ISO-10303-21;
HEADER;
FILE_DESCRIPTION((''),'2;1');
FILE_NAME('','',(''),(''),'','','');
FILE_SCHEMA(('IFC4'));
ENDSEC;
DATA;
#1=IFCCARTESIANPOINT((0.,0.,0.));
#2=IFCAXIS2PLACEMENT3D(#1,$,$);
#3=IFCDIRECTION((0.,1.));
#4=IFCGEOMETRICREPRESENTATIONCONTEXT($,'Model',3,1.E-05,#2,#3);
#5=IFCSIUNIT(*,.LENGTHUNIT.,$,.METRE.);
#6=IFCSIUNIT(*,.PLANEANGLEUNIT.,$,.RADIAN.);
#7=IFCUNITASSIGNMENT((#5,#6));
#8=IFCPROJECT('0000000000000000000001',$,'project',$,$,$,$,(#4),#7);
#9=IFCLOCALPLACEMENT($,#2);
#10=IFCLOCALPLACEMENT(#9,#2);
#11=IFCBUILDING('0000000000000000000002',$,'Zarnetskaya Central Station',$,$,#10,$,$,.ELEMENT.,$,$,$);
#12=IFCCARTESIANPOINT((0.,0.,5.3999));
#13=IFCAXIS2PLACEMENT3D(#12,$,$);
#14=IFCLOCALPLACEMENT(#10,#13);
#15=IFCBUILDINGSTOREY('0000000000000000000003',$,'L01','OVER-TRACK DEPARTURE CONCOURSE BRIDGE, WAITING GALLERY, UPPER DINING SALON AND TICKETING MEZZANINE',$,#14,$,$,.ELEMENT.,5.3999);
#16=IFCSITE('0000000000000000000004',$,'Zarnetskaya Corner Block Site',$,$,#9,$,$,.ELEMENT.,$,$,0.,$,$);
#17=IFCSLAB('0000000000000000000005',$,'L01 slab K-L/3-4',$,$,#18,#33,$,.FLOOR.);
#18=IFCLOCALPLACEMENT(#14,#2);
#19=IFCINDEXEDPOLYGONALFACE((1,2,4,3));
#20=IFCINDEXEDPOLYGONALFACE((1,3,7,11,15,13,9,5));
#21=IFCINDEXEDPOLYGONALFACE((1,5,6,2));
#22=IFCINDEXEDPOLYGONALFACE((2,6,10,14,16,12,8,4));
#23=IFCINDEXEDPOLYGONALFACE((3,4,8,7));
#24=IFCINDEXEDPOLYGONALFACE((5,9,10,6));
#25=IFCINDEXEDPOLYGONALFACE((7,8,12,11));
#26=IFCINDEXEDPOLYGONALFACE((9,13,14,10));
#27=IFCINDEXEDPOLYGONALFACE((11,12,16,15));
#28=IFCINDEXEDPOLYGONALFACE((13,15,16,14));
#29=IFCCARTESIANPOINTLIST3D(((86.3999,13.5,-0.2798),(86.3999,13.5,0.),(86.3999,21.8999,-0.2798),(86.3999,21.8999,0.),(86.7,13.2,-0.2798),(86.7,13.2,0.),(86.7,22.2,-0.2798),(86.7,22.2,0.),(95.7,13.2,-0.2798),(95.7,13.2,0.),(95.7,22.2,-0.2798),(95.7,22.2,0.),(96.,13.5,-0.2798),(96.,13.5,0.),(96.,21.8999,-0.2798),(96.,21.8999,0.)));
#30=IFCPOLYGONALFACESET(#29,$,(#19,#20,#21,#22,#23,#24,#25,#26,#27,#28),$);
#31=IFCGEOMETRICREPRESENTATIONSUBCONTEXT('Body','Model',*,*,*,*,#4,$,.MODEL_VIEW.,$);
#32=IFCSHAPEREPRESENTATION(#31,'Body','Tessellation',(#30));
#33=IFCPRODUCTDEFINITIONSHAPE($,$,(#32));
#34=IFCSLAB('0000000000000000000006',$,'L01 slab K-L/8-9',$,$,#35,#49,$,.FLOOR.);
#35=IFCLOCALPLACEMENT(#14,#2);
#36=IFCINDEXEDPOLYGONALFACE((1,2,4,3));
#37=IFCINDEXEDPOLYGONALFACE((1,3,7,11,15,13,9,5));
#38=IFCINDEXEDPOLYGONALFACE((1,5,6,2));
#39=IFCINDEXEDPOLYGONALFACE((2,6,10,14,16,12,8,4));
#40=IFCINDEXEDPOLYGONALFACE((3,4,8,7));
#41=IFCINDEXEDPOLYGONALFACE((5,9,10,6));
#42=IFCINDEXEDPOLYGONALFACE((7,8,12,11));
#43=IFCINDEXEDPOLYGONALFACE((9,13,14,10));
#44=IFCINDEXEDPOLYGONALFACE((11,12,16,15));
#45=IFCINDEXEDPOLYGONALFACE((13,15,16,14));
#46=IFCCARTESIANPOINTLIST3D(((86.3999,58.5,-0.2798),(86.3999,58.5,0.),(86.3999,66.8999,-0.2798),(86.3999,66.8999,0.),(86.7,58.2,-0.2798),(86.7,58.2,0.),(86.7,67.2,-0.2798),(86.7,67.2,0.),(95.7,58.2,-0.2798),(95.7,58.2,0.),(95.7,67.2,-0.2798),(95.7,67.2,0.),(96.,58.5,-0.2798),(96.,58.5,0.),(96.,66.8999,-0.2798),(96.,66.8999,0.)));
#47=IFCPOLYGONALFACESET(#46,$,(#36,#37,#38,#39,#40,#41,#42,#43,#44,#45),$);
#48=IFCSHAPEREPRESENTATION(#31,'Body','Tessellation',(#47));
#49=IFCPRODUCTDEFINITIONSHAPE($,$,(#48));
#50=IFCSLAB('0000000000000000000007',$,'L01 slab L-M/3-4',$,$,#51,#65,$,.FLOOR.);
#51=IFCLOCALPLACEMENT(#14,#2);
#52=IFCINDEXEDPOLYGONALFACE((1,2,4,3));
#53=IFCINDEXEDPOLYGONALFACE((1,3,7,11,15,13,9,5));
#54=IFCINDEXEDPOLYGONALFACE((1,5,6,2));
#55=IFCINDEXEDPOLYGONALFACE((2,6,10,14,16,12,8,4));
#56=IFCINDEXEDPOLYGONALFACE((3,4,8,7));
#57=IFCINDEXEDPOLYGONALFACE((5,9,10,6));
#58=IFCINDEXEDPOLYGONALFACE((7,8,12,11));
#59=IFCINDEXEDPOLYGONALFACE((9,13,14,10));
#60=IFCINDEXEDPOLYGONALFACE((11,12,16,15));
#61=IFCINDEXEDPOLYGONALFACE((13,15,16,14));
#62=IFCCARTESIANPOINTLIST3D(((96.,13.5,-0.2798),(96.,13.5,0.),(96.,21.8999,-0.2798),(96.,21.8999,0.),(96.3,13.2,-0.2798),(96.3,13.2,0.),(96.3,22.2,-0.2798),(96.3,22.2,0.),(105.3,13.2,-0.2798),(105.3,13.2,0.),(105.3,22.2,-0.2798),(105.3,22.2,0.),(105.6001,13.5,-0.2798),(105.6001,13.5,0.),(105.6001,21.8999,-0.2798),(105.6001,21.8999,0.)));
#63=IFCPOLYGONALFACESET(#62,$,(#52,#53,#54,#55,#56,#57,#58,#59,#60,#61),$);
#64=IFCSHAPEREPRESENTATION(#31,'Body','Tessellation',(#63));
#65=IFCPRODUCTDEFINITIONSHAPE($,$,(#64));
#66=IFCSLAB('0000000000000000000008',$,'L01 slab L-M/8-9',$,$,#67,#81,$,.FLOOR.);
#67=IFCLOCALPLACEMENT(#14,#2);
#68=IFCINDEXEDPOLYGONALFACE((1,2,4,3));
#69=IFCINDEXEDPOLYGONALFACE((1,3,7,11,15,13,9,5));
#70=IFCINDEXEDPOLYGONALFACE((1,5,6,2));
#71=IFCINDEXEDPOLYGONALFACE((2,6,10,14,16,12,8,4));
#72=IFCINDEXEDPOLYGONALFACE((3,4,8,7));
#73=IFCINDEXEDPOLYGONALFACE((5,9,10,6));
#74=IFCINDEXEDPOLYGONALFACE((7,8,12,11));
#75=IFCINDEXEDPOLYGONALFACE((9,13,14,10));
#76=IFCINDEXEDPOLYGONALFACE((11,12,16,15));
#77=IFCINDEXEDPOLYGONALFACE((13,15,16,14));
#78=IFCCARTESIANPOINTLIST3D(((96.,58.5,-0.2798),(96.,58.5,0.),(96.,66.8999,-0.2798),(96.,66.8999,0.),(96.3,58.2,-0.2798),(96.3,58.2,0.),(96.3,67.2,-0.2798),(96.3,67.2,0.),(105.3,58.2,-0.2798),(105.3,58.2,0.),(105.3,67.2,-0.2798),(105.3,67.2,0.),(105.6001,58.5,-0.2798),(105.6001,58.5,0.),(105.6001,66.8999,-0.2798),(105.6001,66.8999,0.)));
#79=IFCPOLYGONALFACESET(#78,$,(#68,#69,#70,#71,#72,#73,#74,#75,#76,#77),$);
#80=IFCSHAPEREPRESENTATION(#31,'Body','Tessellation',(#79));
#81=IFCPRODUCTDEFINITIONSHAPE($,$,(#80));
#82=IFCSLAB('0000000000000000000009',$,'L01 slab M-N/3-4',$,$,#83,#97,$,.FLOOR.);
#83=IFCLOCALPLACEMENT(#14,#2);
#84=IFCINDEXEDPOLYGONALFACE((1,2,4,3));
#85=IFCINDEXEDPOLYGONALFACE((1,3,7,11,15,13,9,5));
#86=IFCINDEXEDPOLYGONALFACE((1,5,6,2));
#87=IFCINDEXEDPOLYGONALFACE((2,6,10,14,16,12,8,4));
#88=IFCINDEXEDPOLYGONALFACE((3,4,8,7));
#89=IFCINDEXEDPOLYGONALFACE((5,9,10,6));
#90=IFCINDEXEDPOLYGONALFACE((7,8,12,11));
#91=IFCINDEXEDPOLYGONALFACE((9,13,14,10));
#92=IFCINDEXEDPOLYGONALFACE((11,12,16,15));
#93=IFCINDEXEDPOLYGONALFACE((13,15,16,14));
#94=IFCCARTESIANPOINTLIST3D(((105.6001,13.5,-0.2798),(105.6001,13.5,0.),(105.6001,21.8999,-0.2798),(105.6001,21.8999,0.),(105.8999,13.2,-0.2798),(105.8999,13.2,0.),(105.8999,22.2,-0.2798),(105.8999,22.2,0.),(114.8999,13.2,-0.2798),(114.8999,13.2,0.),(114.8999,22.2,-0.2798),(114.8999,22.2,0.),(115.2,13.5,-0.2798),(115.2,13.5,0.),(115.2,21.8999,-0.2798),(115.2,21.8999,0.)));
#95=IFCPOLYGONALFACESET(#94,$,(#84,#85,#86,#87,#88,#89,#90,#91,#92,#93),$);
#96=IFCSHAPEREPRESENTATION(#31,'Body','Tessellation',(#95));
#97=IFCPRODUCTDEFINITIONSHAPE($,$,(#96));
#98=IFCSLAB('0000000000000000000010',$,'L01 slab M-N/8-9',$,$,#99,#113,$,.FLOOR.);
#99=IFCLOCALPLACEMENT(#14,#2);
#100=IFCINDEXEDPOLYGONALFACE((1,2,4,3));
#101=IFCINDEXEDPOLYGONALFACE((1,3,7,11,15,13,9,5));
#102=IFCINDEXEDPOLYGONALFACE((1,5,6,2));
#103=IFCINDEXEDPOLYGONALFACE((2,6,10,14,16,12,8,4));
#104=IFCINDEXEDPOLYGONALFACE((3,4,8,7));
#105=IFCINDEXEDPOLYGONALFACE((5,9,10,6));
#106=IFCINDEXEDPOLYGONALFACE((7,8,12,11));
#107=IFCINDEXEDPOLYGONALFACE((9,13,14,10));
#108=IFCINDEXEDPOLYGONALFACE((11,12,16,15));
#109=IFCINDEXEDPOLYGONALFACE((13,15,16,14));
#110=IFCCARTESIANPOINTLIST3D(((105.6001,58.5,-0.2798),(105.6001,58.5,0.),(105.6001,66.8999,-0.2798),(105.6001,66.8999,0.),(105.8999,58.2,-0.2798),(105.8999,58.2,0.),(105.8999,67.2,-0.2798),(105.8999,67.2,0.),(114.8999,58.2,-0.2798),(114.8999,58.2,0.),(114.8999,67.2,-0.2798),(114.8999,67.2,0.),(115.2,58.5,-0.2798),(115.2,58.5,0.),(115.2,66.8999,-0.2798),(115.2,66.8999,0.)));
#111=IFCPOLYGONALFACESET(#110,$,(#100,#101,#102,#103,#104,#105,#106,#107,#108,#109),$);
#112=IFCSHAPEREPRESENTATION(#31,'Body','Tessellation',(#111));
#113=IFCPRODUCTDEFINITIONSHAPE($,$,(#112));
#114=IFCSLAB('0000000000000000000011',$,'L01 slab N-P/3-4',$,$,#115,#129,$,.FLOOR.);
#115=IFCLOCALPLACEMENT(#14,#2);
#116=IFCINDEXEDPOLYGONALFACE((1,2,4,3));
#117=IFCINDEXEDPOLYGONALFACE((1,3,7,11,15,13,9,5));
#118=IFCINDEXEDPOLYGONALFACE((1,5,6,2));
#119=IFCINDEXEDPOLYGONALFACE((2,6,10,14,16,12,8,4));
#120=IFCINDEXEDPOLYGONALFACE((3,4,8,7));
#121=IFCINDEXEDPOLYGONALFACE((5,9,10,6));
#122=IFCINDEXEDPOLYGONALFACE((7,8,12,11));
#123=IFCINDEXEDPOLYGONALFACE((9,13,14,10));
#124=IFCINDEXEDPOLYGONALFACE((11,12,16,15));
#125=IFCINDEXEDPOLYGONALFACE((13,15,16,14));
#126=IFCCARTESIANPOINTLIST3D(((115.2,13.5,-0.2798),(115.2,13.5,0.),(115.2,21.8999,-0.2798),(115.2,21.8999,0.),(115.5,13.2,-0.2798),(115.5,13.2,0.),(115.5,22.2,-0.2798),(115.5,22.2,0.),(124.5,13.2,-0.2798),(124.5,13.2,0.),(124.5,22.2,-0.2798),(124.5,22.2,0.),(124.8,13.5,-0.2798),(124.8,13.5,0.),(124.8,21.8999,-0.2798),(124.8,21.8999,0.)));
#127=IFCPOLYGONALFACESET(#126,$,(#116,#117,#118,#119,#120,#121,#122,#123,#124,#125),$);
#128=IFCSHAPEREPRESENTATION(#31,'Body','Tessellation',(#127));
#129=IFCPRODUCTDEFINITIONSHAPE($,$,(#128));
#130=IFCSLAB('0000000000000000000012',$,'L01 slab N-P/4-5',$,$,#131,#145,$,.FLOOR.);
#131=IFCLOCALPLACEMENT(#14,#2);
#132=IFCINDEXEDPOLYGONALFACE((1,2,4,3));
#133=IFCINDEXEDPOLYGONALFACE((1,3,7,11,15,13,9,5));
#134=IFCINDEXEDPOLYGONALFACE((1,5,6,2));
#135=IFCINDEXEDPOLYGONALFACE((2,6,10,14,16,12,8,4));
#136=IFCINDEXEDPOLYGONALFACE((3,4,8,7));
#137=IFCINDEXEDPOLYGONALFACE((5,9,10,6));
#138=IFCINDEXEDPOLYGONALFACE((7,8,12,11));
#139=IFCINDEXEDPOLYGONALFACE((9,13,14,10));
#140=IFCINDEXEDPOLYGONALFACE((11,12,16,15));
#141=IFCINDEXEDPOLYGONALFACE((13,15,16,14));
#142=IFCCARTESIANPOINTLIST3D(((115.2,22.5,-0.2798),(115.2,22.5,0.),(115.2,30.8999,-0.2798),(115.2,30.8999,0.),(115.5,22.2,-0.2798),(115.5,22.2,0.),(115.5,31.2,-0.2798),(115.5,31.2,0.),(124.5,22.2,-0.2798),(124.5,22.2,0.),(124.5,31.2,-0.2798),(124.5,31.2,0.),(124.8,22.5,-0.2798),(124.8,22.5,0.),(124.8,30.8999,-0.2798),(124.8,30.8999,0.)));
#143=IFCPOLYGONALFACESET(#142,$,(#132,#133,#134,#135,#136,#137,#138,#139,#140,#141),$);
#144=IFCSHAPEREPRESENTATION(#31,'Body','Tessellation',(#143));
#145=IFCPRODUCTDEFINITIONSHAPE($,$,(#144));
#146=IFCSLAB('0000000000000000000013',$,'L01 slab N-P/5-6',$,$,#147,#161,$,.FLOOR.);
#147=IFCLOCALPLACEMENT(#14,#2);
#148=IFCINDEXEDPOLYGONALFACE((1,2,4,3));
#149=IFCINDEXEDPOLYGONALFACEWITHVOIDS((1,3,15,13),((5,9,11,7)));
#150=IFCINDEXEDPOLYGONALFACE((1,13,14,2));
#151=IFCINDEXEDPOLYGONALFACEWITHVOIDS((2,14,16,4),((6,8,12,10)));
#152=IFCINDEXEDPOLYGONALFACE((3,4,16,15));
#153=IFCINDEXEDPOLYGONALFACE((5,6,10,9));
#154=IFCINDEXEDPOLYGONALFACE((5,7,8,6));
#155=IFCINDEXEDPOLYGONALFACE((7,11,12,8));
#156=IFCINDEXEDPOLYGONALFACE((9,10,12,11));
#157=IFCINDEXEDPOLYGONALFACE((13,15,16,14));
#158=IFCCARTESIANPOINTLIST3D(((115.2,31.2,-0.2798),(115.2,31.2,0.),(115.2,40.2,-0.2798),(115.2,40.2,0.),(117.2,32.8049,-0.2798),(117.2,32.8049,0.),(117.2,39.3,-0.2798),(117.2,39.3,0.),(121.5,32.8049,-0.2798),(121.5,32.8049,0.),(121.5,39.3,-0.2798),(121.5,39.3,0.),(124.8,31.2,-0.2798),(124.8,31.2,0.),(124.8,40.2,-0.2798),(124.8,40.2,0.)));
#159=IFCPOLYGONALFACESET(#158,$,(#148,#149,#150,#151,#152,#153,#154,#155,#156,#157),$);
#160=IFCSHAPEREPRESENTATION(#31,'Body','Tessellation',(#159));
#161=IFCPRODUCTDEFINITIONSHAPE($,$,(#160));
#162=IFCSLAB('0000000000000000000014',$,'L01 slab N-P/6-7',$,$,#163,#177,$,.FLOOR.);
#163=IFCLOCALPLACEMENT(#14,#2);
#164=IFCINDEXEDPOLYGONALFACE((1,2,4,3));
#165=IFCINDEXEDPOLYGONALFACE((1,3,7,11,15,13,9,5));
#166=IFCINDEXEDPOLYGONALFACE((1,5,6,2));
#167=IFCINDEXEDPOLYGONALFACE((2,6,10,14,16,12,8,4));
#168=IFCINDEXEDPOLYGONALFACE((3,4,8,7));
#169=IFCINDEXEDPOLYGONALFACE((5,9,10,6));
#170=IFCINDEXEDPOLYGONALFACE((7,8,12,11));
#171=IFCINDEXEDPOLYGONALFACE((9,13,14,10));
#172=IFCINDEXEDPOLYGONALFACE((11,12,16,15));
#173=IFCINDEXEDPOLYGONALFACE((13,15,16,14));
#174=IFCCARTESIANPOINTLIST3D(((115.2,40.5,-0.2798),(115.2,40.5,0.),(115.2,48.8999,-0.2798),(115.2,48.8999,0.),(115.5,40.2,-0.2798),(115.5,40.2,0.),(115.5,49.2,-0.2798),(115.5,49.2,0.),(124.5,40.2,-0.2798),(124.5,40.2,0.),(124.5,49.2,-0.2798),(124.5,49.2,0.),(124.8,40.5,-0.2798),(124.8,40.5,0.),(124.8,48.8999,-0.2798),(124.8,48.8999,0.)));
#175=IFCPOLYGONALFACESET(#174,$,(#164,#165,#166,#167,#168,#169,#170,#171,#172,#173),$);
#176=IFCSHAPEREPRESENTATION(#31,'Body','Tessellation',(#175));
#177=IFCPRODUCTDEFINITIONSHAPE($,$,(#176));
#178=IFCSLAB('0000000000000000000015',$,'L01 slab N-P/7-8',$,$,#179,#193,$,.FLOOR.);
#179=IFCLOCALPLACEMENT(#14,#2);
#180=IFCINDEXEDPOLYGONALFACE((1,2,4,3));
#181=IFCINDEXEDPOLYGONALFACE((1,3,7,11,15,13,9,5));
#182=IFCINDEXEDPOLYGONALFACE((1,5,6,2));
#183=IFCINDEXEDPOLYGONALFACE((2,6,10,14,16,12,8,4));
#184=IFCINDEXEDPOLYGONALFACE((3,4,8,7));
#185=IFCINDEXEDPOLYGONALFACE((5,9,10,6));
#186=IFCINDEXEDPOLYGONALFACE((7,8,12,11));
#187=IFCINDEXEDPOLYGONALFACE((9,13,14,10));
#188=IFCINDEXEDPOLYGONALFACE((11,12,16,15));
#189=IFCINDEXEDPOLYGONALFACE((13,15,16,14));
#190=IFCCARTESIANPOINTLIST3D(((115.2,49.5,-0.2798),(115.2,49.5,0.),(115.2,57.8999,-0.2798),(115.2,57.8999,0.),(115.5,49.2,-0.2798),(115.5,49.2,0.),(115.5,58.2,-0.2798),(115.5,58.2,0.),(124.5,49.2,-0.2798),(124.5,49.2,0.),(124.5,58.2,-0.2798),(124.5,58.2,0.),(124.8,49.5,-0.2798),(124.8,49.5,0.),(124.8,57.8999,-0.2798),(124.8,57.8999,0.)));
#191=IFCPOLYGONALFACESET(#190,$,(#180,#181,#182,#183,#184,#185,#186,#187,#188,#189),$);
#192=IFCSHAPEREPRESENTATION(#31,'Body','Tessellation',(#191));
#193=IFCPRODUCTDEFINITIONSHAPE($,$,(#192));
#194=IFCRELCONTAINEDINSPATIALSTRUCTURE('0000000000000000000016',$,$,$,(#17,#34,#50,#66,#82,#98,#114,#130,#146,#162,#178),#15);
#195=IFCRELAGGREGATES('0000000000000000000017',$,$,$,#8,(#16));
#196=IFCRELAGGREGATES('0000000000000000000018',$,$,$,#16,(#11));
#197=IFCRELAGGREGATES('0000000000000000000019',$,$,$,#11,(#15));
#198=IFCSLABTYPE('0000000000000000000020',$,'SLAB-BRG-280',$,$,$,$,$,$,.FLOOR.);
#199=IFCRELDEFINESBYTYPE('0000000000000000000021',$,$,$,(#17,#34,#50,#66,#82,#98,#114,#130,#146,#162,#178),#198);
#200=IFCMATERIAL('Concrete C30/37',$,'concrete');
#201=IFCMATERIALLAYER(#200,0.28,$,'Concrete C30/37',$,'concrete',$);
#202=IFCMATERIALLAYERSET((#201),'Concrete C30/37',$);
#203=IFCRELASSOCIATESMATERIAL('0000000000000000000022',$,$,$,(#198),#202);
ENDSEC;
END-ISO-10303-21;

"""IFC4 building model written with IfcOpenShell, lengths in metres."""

from ifc_helpers import new_model, si_unit, direction, frame, origin, place, context, subcontext, project, spatial, polyline, outline, extrude, material, layer, layer_set, type_object, element, save


model = new_model("IFC4")

# Units and contexts
model_context = context("Model", 3, precision=1e-05, world=origin(), true_north=direction((0.0, 1.0)))
body_context = subcontext(model_context, "Body", "Model", "MODEL_VIEW")
ifc_project = project(units=[si_unit("LENGTHUNIT", "METRE"), si_unit("PLANEANGLEUNIT", "RADIAN")], contexts=[model_context])

# Site, building, storey
site_placement = place(None, origin())
site = spatial("IfcSite", under=ifc_project, at=site_placement, Name="Zarnetskaya Corner Block Site", CompositionType="ELEMENT", RefElevation=0.0)
building_placement = place(site_placement, origin())
building = spatial("IfcBuilding", under=site, at=building_placement, Name="Zarnetskaya Central Station", CompositionType="ELEMENT")
storey_placement = place(building_placement, frame((0.0, 0.0, 5.3999)))
storey = spatial("IfcBuildingStorey", under=building, at=storey_placement, Name="L01", Description="OVER-TRACK DEPARTURE CONCOURSE BRIDGE, WAITING GALLERY, UPPER DINING SALON AND TICKETING MEZZANINE", CompositionType="ELEMENT", Elevation=5.3999)

# Slabs
ifc_material = material(Name="Concrete C30/37", Category="concrete")
ifc_layer = layer(ifc_material, 0.28, Name="Concrete C30/37", Category="concrete")
ifc_layer_set = layer_set([ifc_layer], Name="Concrete C30/37")
slab_type = type_object("IfcSlabType", Name="SLAB-BRG-280", PredefinedType="FLOOR", material=ifc_layer_set)
slab_1_placement = place(storey_placement, frame((0.0, 0.0, -0.2798)))
element("IfcSlab", 1, at=slab_1_placement, inside=storey, type_object=slab_type, Name="L01 slab K-L/3-4", PredefinedType="FLOOR", context=body_context, shape_type="SweptSolid", body=[
    extrude(outline(polyline([(86.7, 13.2), (95.7, 13.2), (96.0, 13.5), (96.0, 21.8999), (95.7, 22.2), (86.7, 22.2), (86.3999, 21.8999), (86.3999, 13.5), (86.7, 13.2)])), origin(), (0.0, 0.0, 1.0), 0.2798),
])
slab_2_placement = place(storey_placement, frame((0.0, 0.0, -0.2798)))
element("IfcSlab", 2, at=slab_2_placement, inside=storey, type_object=slab_type, Name="L01 slab K-L/8-9", PredefinedType="FLOOR", context=body_context, shape_type="SweptSolid", body=[
    extrude(outline(polyline([(86.7, 58.2), (95.7, 58.2), (96.0, 58.5), (96.0, 66.8999), (95.7, 67.2), (86.7, 67.2), (86.3999, 66.8999), (86.3999, 58.5), (86.7, 58.2)])), origin(), (0.0, 0.0, 1.0), 0.2798),
])
slab_3_placement = place(storey_placement, frame((0.0, 0.0, -0.2798)))
element("IfcSlab", 3, at=slab_3_placement, inside=storey, type_object=slab_type, Name="L01 slab L-M/3-4", PredefinedType="FLOOR", context=body_context, shape_type="SweptSolid", body=[
    extrude(outline(polyline([(96.3, 13.2), (105.3, 13.2), (105.6001, 13.5), (105.6001, 21.8999), (105.3, 22.2), (96.3, 22.2), (96.0, 21.8999), (96.0, 13.5), (96.3, 13.2)])), origin(), (0.0, 0.0, 1.0), 0.2798),
])
slab_4_placement = place(storey_placement, frame((0.0, 0.0, -0.2798)))
element("IfcSlab", 4, at=slab_4_placement, inside=storey, type_object=slab_type, Name="L01 slab L-M/8-9", PredefinedType="FLOOR", context=body_context, shape_type="SweptSolid", body=[
    extrude(outline(polyline([(96.3, 58.2), (105.3, 58.2), (105.6001, 58.5), (105.6001, 66.8999), (105.3, 67.2), (96.3, 67.2), (96.0, 66.8999), (96.0, 58.5), (96.3, 58.2)])), origin(), (0.0, 0.0, 1.0), 0.2798),
])
slab_5_placement = place(storey_placement, frame((0.0, 0.0, -0.2798)))
element("IfcSlab", 5, at=slab_5_placement, inside=storey, type_object=slab_type, Name="L01 slab M-N/3-4", PredefinedType="FLOOR", context=body_context, shape_type="SweptSolid", body=[
    extrude(outline(polyline([(105.8999, 13.2), (114.8999, 13.2), (115.2, 13.5), (115.2, 21.8999), (114.8999, 22.2), (105.8999, 22.2), (105.6001, 21.8999), (105.6001, 13.5), (105.8999, 13.2)])), origin(), (0.0, 0.0, 1.0), 0.2798),
])
slab_6_placement = place(storey_placement, frame((0.0, 0.0, -0.2798)))
element("IfcSlab", 6, at=slab_6_placement, inside=storey, type_object=slab_type, Name="L01 slab M-N/8-9", PredefinedType="FLOOR", context=body_context, shape_type="SweptSolid", body=[
    extrude(outline(polyline([(105.8999, 58.2), (114.8999, 58.2), (115.2, 58.5), (115.2, 66.8999), (114.8999, 67.2), (105.8999, 67.2), (105.6001, 66.8999), (105.6001, 58.5), (105.8999, 58.2)])), origin(), (0.0, 0.0, 1.0), 0.2798),
])
slab_7_placement = place(storey_placement, frame((0.0, 0.0, -0.2798)))
element("IfcSlab", 7, at=slab_7_placement, inside=storey, type_object=slab_type, Name="L01 slab N-P/3-4", PredefinedType="FLOOR", context=body_context, shape_type="SweptSolid", body=[
    extrude(outline(polyline([(115.5, 13.2), (124.5, 13.2), (124.8, 13.5), (124.8, 21.8999), (124.5, 22.2), (115.5, 22.2), (115.2, 21.8999), (115.2, 13.5), (115.5, 13.2)])), origin(), (0.0, 0.0, 1.0), 0.2798),
])
slab_8_placement = place(storey_placement, frame((0.0, 0.0, -0.2798)))
element("IfcSlab", 8, at=slab_8_placement, inside=storey, type_object=slab_type, Name="L01 slab N-P/4-5", PredefinedType="FLOOR", context=body_context, shape_type="SweptSolid", body=[
    extrude(outline(polyline([(115.5, 22.2), (124.5, 22.2), (124.8, 22.5), (124.8, 30.8999), (124.5, 31.2), (115.5, 31.2), (115.2, 30.8999), (115.2, 22.5), (115.5, 22.2)])), origin(), (0.0, 0.0, 1.0), 0.2798),
])
slab_9_placement = place(storey_placement, frame((0.0, 0.0, -0.2798)))
element("IfcSlab", 9, at=slab_9_placement, inside=storey, type_object=slab_type, Name="L01 slab N-P/5-6", PredefinedType="FLOOR", context=body_context, shape_type="SweptSolid", body=[
    extrude(outline(polyline([(115.2, 31.2), (124.8, 31.2), (124.8, 40.2), (115.2, 40.2), (115.2, 31.2)]), holes=[polyline([(117.2, 32.8049), (121.5, 32.8049), (121.5, 39.3), (117.2, 39.3), (117.2, 32.8049)])]), origin(), (0.0, 0.0, 1.0), 0.2798),
])
slab_10_placement = place(storey_placement, frame((0.0, 0.0, -0.2798)))
element("IfcSlab", 10, at=slab_10_placement, inside=storey, type_object=slab_type, Name="L01 slab N-P/6-7", PredefinedType="FLOOR", context=body_context, shape_type="SweptSolid", body=[
    extrude(outline(polyline([(115.5, 40.2), (124.5, 40.2), (124.8, 40.5), (124.8, 48.8999), (124.5, 49.2), (115.5, 49.2), (115.2, 48.8999), (115.2, 40.5), (115.5, 40.2)])), origin(), (0.0, 0.0, 1.0), 0.2798),
])
slab_11_placement = place(storey_placement, frame((0.0, 0.0, -0.2798)))
element("IfcSlab", 11, at=slab_11_placement, inside=storey, type_object=slab_type, Name="L01 slab N-P/7-8", PredefinedType="FLOOR", context=body_context, shape_type="SweptSolid", body=[
    extrude(outline(polyline([(115.5, 49.2), (124.5, 49.2), (124.8, 49.5), (124.8, 57.8999), (124.5, 58.2), (115.5, 58.2), (115.2, 57.8999), (115.2, 49.5), (115.5, 49.2)])), origin(), (0.0, 0.0, 1.0), 0.2798),
])

save(model, "model.ifc")
